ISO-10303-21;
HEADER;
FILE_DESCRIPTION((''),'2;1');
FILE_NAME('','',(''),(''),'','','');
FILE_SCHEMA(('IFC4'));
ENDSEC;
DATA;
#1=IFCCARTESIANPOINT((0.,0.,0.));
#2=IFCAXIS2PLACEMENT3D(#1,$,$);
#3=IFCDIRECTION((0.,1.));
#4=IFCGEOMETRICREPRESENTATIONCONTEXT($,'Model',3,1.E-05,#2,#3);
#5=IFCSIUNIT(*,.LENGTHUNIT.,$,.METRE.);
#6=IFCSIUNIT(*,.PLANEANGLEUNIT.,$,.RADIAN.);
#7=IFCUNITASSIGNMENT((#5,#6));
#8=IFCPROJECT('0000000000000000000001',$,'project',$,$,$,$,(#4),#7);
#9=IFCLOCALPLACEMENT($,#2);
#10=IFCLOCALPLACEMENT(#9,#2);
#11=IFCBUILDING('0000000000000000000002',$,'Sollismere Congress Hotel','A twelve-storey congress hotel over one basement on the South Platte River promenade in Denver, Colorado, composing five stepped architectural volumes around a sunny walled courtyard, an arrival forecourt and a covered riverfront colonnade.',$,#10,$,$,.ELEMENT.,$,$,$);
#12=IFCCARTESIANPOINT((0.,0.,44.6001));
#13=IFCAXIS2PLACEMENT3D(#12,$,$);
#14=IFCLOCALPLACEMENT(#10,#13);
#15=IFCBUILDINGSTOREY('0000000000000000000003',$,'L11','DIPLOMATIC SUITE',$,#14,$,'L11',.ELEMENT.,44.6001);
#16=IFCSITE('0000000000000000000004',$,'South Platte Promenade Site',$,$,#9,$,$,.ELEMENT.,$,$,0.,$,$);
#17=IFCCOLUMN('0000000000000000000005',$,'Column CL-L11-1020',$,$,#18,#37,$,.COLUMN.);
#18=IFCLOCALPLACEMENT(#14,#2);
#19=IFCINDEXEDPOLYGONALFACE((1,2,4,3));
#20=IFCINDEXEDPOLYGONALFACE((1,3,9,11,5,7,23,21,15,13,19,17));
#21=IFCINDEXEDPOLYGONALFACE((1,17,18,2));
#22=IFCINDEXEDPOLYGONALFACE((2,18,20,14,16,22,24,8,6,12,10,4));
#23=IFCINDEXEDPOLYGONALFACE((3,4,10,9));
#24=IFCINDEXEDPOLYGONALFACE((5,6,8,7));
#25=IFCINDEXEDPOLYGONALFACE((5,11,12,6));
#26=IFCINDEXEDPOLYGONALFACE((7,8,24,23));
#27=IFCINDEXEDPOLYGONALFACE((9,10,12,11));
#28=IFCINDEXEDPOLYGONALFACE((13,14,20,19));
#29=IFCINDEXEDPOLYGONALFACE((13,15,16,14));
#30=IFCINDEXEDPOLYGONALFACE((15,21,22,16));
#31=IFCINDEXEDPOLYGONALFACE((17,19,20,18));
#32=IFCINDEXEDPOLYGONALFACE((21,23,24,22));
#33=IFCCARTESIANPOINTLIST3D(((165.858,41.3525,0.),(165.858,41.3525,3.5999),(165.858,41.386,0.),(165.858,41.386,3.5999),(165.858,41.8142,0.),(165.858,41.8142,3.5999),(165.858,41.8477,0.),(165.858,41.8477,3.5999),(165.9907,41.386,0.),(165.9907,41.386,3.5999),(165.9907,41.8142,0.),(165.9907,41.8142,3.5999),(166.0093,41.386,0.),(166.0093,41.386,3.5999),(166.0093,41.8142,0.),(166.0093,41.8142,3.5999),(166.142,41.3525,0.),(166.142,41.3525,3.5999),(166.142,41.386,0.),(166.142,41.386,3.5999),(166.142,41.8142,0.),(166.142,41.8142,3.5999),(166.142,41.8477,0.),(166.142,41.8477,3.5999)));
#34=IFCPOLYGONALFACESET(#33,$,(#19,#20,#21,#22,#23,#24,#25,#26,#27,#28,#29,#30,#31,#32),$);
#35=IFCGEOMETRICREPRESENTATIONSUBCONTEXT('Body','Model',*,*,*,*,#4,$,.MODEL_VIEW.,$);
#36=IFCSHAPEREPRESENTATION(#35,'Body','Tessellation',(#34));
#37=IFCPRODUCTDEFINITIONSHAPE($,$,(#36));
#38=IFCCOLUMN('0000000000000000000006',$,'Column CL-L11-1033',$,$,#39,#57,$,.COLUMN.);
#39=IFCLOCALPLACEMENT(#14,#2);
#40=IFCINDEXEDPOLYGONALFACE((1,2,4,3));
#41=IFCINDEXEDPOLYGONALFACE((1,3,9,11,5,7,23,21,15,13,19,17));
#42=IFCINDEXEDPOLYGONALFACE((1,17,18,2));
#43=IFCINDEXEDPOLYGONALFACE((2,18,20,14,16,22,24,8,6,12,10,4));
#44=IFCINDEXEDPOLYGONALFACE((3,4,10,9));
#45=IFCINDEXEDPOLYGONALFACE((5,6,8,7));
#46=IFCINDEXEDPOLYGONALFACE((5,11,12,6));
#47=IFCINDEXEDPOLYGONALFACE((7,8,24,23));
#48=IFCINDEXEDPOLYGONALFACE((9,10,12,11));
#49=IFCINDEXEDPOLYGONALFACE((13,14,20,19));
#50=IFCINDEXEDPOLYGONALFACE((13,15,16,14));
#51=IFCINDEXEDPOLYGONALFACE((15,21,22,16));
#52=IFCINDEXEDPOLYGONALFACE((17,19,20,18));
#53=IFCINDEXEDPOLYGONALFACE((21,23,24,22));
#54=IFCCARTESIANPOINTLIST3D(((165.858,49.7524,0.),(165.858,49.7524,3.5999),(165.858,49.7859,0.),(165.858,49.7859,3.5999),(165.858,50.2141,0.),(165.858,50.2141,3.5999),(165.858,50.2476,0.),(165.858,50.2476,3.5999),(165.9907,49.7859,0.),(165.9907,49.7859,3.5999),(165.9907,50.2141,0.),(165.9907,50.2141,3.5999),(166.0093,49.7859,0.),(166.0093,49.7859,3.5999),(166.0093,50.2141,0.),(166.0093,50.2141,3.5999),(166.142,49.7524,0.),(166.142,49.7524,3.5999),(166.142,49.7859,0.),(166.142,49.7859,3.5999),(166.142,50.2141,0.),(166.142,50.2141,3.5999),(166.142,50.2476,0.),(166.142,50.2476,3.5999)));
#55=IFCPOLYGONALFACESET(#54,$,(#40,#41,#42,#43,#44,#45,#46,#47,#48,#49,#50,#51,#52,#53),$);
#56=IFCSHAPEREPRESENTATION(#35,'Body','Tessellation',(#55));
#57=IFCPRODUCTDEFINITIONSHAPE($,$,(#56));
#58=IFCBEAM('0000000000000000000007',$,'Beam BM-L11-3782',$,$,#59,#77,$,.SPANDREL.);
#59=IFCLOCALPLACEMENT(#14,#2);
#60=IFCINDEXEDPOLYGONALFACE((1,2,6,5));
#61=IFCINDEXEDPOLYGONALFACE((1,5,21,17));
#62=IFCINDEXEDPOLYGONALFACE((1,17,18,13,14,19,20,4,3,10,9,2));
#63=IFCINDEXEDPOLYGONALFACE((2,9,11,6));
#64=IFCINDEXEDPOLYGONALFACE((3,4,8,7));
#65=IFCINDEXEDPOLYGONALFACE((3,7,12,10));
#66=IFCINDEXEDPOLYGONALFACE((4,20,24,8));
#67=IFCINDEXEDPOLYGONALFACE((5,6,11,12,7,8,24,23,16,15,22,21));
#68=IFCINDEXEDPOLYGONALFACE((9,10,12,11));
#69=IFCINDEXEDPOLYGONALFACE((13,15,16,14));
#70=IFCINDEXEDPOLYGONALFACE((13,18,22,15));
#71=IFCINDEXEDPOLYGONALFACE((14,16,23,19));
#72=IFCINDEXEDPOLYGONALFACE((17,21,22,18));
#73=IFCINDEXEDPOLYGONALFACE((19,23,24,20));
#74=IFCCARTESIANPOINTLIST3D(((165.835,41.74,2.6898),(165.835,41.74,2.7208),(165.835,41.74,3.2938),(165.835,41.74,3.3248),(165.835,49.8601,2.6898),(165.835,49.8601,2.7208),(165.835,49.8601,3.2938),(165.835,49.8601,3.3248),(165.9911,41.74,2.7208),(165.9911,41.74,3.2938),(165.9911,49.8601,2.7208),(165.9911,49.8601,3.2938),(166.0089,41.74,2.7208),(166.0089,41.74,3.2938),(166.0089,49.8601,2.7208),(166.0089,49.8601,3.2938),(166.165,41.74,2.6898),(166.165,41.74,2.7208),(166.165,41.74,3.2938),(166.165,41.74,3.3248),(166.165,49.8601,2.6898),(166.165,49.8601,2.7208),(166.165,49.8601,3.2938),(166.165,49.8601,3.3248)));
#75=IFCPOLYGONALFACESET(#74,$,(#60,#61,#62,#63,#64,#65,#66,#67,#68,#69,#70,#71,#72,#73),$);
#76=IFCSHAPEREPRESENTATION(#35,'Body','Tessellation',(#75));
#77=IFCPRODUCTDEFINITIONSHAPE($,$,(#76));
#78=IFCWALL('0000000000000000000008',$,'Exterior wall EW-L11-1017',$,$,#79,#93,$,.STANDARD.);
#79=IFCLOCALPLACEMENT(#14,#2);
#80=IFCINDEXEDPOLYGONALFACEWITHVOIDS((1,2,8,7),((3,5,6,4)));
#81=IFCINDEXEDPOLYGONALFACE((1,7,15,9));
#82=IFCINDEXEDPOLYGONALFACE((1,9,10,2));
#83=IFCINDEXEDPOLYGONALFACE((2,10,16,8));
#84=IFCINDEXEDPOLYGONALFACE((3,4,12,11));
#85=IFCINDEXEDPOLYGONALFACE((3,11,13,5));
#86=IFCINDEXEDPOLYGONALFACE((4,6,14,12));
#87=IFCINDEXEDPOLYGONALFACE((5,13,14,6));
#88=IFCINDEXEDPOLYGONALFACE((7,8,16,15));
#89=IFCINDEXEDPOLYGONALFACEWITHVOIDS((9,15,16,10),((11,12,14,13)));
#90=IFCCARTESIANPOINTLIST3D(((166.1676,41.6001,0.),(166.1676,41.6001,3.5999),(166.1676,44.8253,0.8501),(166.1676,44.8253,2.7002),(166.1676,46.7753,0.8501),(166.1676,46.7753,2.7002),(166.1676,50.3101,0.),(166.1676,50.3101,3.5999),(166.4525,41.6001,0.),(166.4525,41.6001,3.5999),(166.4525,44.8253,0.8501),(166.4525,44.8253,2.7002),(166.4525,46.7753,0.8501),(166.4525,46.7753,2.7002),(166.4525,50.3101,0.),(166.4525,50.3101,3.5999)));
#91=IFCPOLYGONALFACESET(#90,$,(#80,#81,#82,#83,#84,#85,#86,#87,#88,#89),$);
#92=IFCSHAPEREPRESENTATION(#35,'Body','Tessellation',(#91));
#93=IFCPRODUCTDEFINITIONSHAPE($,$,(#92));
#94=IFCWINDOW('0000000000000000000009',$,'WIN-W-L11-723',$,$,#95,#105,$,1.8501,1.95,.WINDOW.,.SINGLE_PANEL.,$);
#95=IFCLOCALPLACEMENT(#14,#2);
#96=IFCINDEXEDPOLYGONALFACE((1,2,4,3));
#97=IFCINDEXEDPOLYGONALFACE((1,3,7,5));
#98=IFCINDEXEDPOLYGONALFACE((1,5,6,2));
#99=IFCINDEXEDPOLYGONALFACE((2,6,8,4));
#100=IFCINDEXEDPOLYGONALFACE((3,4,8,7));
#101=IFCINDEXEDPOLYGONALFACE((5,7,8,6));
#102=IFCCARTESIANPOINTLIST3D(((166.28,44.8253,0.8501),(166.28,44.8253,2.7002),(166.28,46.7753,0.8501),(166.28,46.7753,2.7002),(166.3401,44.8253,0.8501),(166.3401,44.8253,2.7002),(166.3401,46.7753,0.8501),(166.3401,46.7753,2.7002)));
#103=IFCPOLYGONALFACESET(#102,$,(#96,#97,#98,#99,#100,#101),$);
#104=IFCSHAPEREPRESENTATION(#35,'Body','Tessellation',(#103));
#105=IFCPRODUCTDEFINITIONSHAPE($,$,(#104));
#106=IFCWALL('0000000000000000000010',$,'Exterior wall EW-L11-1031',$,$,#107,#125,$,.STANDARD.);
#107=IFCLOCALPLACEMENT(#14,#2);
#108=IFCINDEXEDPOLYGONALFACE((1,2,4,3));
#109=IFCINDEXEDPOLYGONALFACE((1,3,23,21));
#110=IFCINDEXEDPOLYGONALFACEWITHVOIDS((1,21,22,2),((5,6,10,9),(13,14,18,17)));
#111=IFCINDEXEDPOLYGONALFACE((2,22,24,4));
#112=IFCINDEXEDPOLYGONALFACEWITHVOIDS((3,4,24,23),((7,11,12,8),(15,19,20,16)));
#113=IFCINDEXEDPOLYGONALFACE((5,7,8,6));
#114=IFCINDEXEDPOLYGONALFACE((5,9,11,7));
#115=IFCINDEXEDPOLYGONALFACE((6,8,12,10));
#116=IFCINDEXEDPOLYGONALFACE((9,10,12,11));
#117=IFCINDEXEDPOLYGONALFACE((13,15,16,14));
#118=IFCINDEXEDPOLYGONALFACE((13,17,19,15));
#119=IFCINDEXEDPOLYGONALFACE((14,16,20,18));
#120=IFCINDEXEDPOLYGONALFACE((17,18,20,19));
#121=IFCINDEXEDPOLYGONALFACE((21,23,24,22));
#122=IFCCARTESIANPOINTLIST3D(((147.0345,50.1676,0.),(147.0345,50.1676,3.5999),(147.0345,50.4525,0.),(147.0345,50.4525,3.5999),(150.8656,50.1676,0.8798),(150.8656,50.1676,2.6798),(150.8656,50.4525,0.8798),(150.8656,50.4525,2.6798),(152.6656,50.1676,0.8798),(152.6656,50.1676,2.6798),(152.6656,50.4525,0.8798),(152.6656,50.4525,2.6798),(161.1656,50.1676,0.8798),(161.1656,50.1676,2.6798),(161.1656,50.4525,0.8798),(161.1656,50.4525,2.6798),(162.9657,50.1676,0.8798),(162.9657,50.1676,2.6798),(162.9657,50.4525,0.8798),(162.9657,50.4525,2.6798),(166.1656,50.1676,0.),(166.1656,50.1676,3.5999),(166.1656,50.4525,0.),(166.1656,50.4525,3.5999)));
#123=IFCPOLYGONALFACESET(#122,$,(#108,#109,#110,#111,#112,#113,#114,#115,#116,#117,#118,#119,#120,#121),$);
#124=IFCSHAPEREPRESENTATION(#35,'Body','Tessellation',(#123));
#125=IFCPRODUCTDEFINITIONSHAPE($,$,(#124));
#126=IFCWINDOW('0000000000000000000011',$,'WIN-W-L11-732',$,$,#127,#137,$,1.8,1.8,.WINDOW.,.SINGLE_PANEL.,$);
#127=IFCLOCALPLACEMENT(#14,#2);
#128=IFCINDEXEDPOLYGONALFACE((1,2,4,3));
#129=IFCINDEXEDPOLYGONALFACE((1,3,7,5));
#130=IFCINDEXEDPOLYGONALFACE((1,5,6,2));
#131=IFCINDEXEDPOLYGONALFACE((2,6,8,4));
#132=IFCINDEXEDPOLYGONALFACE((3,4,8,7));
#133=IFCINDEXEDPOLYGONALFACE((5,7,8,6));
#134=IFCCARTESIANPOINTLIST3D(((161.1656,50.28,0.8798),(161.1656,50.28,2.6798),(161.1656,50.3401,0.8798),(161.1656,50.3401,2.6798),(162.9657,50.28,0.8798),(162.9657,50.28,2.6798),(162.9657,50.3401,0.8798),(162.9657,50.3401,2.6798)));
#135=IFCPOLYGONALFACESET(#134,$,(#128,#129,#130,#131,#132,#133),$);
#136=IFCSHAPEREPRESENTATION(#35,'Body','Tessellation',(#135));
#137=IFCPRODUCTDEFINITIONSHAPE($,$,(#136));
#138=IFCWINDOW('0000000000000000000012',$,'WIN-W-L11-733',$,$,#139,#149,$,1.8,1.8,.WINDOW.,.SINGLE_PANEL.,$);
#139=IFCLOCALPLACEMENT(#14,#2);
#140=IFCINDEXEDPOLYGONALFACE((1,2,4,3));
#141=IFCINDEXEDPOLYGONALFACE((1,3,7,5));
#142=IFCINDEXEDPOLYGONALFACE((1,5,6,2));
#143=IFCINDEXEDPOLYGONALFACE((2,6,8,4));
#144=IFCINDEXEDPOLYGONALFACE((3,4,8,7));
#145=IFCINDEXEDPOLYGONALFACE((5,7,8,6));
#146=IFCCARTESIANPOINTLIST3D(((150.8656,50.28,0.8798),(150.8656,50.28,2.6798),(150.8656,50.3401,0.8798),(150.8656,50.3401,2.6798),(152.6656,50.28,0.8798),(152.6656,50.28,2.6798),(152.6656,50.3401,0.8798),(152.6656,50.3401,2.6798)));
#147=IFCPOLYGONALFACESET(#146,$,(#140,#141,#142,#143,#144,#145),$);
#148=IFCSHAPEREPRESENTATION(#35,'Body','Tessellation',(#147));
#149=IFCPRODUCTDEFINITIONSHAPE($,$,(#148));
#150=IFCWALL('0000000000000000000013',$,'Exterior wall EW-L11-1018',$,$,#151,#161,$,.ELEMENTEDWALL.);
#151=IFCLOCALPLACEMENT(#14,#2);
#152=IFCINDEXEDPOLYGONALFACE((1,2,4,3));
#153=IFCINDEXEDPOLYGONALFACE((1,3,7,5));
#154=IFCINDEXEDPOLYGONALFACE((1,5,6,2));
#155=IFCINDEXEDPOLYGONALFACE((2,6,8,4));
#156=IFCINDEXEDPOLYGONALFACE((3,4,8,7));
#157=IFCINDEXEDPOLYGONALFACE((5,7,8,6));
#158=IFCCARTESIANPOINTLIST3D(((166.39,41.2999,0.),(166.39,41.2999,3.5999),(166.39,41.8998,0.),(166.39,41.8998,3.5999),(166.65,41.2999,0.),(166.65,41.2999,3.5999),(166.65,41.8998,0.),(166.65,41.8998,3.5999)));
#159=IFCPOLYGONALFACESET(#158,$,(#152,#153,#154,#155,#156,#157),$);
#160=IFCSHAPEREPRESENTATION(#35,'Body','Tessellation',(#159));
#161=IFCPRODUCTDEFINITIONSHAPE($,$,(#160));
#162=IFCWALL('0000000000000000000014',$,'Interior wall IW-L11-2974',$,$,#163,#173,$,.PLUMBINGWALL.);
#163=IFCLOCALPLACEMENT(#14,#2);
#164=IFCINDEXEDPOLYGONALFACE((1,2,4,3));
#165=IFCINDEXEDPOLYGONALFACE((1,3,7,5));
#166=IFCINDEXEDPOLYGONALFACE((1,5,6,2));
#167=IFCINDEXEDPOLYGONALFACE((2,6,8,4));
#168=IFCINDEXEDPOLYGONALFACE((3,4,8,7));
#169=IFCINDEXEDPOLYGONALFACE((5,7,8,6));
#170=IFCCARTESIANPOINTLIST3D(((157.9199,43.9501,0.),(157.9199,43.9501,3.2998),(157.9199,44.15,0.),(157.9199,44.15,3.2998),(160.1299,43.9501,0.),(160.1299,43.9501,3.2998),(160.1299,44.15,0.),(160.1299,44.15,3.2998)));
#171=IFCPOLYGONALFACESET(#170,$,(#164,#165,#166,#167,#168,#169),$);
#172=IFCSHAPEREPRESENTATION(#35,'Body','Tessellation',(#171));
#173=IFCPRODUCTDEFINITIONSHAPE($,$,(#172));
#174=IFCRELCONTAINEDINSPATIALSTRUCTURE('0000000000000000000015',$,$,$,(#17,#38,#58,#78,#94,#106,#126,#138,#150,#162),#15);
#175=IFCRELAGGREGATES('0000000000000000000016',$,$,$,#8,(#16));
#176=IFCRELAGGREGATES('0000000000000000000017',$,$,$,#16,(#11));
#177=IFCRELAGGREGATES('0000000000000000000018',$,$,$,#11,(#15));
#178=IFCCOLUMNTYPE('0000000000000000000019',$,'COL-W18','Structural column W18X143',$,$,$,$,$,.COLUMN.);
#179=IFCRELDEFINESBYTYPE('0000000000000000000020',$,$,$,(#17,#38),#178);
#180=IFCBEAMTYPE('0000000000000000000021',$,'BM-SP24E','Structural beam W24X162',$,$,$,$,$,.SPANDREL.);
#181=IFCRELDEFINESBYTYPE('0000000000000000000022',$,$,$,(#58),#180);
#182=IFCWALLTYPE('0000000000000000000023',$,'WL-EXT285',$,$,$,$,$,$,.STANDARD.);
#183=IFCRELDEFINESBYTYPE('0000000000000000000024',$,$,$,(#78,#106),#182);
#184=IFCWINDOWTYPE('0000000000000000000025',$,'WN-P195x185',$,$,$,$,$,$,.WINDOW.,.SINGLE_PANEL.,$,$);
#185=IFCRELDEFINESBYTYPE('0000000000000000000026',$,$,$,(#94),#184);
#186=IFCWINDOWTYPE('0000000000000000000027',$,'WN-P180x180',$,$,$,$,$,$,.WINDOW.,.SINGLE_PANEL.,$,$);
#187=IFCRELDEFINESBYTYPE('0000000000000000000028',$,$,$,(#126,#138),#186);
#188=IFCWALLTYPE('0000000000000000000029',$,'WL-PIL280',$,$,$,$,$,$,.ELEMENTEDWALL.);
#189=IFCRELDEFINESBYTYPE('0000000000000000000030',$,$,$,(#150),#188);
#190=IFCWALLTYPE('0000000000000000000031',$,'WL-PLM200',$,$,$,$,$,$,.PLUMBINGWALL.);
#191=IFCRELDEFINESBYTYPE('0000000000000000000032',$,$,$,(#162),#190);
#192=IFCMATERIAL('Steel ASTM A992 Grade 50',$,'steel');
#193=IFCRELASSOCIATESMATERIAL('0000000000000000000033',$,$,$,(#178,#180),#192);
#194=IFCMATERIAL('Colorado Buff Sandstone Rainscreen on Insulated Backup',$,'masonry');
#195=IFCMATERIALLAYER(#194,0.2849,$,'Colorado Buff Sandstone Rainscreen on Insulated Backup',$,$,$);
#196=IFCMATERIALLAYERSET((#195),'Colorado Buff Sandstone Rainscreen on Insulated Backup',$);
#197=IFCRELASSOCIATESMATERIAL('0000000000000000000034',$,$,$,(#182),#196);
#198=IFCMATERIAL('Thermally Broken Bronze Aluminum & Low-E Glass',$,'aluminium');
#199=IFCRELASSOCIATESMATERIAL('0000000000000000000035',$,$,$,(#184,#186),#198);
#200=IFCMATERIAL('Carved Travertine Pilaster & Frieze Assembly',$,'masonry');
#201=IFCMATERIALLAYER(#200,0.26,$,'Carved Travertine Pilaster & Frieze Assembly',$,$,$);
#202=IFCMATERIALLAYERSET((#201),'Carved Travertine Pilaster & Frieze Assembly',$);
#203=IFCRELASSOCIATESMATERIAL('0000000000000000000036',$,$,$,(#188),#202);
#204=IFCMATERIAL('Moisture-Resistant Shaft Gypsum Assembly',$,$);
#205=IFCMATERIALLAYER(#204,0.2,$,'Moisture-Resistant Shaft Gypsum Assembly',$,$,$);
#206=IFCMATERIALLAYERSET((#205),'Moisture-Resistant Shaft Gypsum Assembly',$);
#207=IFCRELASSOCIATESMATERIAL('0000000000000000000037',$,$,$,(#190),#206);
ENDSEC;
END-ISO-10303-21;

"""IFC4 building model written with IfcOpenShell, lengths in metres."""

from ifc_helpers import new_model, si_unit, direction, frame, frame_2d, origin, origin_2d, place, context, subcontext, project, spatial, rectangle, i_section, extrude, material, layer, layer_set, material_profile, profile_set, type_object, element, fill, save


model = new_model("IFC4")

# Units and contexts
model_context = context("Model", 3, precision=1e-05, world=origin(), true_north=direction((0.0, 1.0)))
body_context = subcontext(model_context, "Body", "Model", "MODEL_VIEW")
ifc_project = project(units=[si_unit("LENGTHUNIT", "METRE"), si_unit("PLANEANGLEUNIT", "RADIAN")], contexts=[model_context])

# Site, building, storey
site_placement = place(None, origin())
site = spatial("IfcSite", under=ifc_project, at=site_placement, Name="South Platte Promenade Site", CompositionType="ELEMENT", RefElevation=0.0)
building_placement = place(site_placement, origin())
building = spatial("IfcBuilding", under=site, at=building_placement, Name="Sollismere Congress Hotel", Description="A twelve-storey congress hotel over one basement on the South Platte River promenade in Denver, Colorado, composing five stepped architectural volumes around a sunny walled courtyard, an arrival forecourt and a covered riverfront colonnade.", CompositionType="ELEMENT")
storey_placement = place(building_placement, frame((0.0, 0.0, 44.6001)))
storey = spatial("IfcBuildingStorey", under=building, at=storey_placement, Name="L11", Description="DIPLOMATIC SUITE", LongName="L11", CompositionType="ELEMENT", Elevation=44.6001)

# Columns
ifc_material_1 = material(Name="Steel ASTM A992 Grade 50", Category="steel")
ifc_material_profile_1 = material_profile(ifc_material_1, i_section(OverallWidth=0.2839, OverallDepth=0.4951, WebThickness=0.0186, FlangeThickness=0.0334, at=origin_2d()), Name="W18X143")
ifc_profile_set_1 = profile_set([ifc_material_profile_1], Name="Steel ASTM A992 Grade 50")
column_type = type_object("IfcColumnType", Name="COL-W18", Description="Structural column W18X143", PredefinedType="COLUMN", material=ifc_profile_set_1)
for number, where, z_axis, x_axis, name in (
    (1, (166.0, 41.6001, 0.0), (0.0, 0.0, 1.0), (1.0, 0.0, 0.0), "Column CL-L11-1020"),
    (2, (166.0, 50.0, 0.0), (0.0, 0.0, 1.0), (1.0, 0.0, 0.0), "Column CL-L11-1033"),
):
    element("IfcColumn", number, at=place(storey_placement, frame(where, z_axis=z_axis, x_axis=x_axis)), inside=storey, type_object=column_type, Name=name, PredefinedType="COLUMN", context=body_context, shape_type="SweptSolid", body=[
        extrude(i_section(OverallWidth=0.2839, OverallDepth=0.4951, WebThickness=0.0186, FlangeThickness=0.0334, at=origin_2d()), origin(), (0.0, 0.0, 1.0), 3.5999),
    ])

# Beam
ifc_material_profile_2 = material_profile(ifc_material_1, i_section(OverallWidth=0.3301, OverallDepth=0.635, WebThickness=0.0178, FlangeThickness=0.031, at=origin_2d()), Name="W24X162")
ifc_profile_set_2 = profile_set([ifc_material_profile_2], Name="Steel ASTM A992 Grade 50")
beam_type = type_object("IfcBeamType", Name="BM-SP24E", Description="Structural beam W24X162", PredefinedType="SPANDREL", material=ifc_profile_set_2)
beam_placement = place(storey_placement, frame((166.0, 41.74, 3.0073), z_axis=(0.0, 1.0, 0.0), x_axis=(-1.0, 0.0, 0.0)))
element("IfcBeam", 3, at=beam_placement, inside=storey, type_object=beam_type, Name="Beam BM-L11-3782", PredefinedType="SPANDREL", context=body_context, shape_type="SweptSolid", body=[
    extrude(i_section(OverallWidth=0.3301, OverallDepth=0.635, WebThickness=0.0178, FlangeThickness=0.031, at=origin_2d()), origin(), (0.0, 0.0, 1.0), 8.1201),
])

# Wall, opening, window
ifc_material_2 = material(Name="Colorado Buff Sandstone Rainscreen on Insulated Backup", Category="masonry")
ifc_layer_1 = layer(ifc_material_2, 0.2849, Name="Colorado Buff Sandstone Rainscreen on Insulated Backup")
ifc_layer_set_1 = layer_set([ifc_layer_1], Name="Colorado Buff Sandstone Rainscreen on Insulated Backup")
wall_type_1 = type_object("IfcWallType", Name="WL-EXT285", PredefinedType="STANDARD", material=ifc_layer_set_1)
wall_1_placement = place(storey_placement, frame((166.3101, 41.6001, 0.0), z_axis=(0.0, 0.0, 1.0), x_axis=(0.0, 1.0, 0.0)))
wall_1 = element("IfcWall", 4, at=wall_1_placement, inside=storey, type_object=wall_type_1, Name="Exterior wall EW-L11-1017", PredefinedType="STANDARD", context=body_context, shape_type="SweptSolid", body=[
    extrude(rectangle(XDim=8.71, YDim=0.2849, at=frame_2d((4.355, 0.0))), origin(), (0.0, 0.0, 1.0), 3.5999),
])
opening_1_placement = place(wall_1_placement, frame((3.2251, 0.0, 0.8501)))
opening_1 = element("IfcOpeningElement", 5, at=opening_1_placement, cuts=wall_1, PredefinedType="OPENING", context=body_context, shape_type="SweptSolid", body=[
    extrude(rectangle(XDim=1.95, YDim=1.8501, at=frame_2d((0.9751, 0.925))), frame((0.0, 0.1523, 0.0), z_axis=(0.0, -1.0, 0.0), x_axis=(1.0, 0.0, 0.0)), (0.0, 0.0, 1.0), 0.3049),
])
ifc_material_3 = material(Name="Thermally Broken Bronze Aluminum & Low-E Glass", Category="aluminium")
window_type_1 = type_object("IfcWindowType", Name="WN-P195x185", PartitioningType="SINGLE_PANEL", PredefinedType="WINDOW", material=ifc_material_3)
window_1_placement = place(opening_1_placement, origin())
window_1 = element("IfcWindow", 6, at=window_1_placement, inside=storey, type_object=window_type_1, Name="WIN-W-L11-723", OverallHeight=1.8501, OverallWidth=1.95, PartitioningType="SINGLE_PANEL", PredefinedType="WINDOW", context=body_context, shape_type="SweptSolid", body=[
    extrude(rectangle(XDim=1.95, YDim=1.8501, at=frame_2d((0.9751, 0.925))), frame((0.0, 0.03, 0.0), z_axis=(0.0, -1.0, 0.0), x_axis=(1.0, 0.0, 0.0)), (0.0, 0.0, 1.0), 0.0601),
])
fill(opening_1, window_1)

# Wall, openings, windows
wall_2_placement = place(storey_placement, frame((166.1655, 50.3101, 0.0), z_axis=(0.0, 0.0, 1.0), x_axis=(-1.0, 0.0, 0.0)))
wall_2 = element("IfcWall", 7, at=wall_2_placement, inside=storey, type_object=wall_type_1, Name="Exterior wall EW-L11-1031", PredefinedType="STANDARD", context=body_context, shape_type="SweptSolid", body=[
    extrude(rectangle(XDim=19.1311, YDim=0.2849, at=frame_2d((9.5654, 0.0))), origin(), (0.0, 0.0, 1.0), 3.5999),
])
opening_2_placement = place(wall_2_placement, frame((3.2, 0.0, 0.8799)))
opening_2 = element("IfcOpeningElement", 8, at=opening_2_placement, cuts=wall_2, PredefinedType="OPENING", context=body_context, shape_type="SweptSolid", body=[
    extrude(rectangle(XDim=1.8, YDim=1.8, at=frame_2d((0.8999, 0.8999))), frame((0.0, 0.1523, 0.0), z_axis=(0.0, -1.0, 0.0), x_axis=(1.0, 0.0, 0.0)), (0.0, 0.0, 1.0), 0.3049),
])
opening_3_placement = place(wall_2_placement, frame((13.5, 0.0, 0.8799)))
opening_3 = element("IfcOpeningElement", 9, at=opening_3_placement, cuts=wall_2, PredefinedType="OPENING", context=body_context, shape_type="SweptSolid", body=[
    extrude(rectangle(XDim=1.8, YDim=1.8, at=frame_2d((0.8999, 0.8999))), frame((0.0, 0.1523, 0.0), z_axis=(0.0, -1.0, 0.0), x_axis=(1.0, 0.0, 0.0)), (0.0, 0.0, 1.0), 0.3049),
])
window_type_2 = type_object("IfcWindowType", Name="WN-P180x180", PartitioningType="SINGLE_PANEL", PredefinedType="WINDOW", material=ifc_material_3)
window_2_placement = place(opening_2_placement, origin())
window_2 = element("IfcWindow", 10, at=window_2_placement, inside=storey, type_object=window_type_2, Name="WIN-W-L11-732", OverallHeight=1.8, OverallWidth=1.8, PartitioningType="SINGLE_PANEL", PredefinedType="WINDOW", context=body_context, shape_type="SweptSolid", body=[
    extrude(rectangle(XDim=1.8, YDim=1.8, at=frame_2d((0.8999, 0.8999))), frame((0.0, 0.03, 0.0), z_axis=(0.0, -1.0, 0.0), x_axis=(1.0, 0.0, 0.0)), (0.0, 0.0, 1.0), 0.0601),
])
fill(opening_2, window_2)
window_3_placement = place(opening_3_placement, origin())
window_3 = element("IfcWindow", 11, at=window_3_placement, inside=storey, type_object=window_type_2, Name="WIN-W-L11-733", OverallHeight=1.8, OverallWidth=1.8, PartitioningType="SINGLE_PANEL", PredefinedType="WINDOW", context=body_context, shape_type="SweptSolid", body=[
    extrude(rectangle(XDim=1.8, YDim=1.8, at=frame_2d((0.8999, 0.8999))), frame((0.0, 0.03, 0.0), z_axis=(0.0, -1.0, 0.0), x_axis=(1.0, 0.0, 0.0)), (0.0, 0.0, 1.0), 0.0601),
])
fill(opening_3, window_3)

# Walls
ifc_material_4 = material(Name="Carved Travertine Pilaster & Frieze Assembly", Category="masonry")
ifc_layer_2 = layer(ifc_material_4, 0.26, Name="Carved Travertine Pilaster & Frieze Assembly")
ifc_layer_set_2 = layer_set([ifc_layer_2], Name="Carved Travertine Pilaster & Frieze Assembly")
wall_type_2 = type_object("IfcWallType", Name="WL-PIL280", PredefinedType="ELEMENTEDWALL", material=ifc_layer_set_2)
wall_3_placement = place(storey_placement, frame((166.52, 41.3, 0.0), z_axis=(0.0, 0.0, 1.0), x_axis=(0.0, 1.0, 0.0)))
element("IfcWall", 12, at=wall_3_placement, inside=storey, type_object=wall_type_2, Name="Exterior wall EW-L11-1018", PredefinedType="ELEMENTEDWALL", context=body_context, shape_type="SweptSolid", body=[
    extrude(rectangle(XDim=0.5999, YDim=0.26, at=frame_2d((0.2998, 0.0))), origin(), (0.0, 0.0, 1.0), 3.5999),
])
ifc_material_5 = material(Name="Moisture-Resistant Shaft Gypsum Assembly")
ifc_layer_3 = layer(ifc_material_5, 0.2, Name="Moisture-Resistant Shaft Gypsum Assembly")
ifc_layer_set_3 = layer_set([ifc_layer_3], Name="Moisture-Resistant Shaft Gypsum Assembly")
wall_type_3 = type_object("IfcWallType", Name="WL-PLM200", PredefinedType="PLUMBINGWALL", material=ifc_layer_set_3)
wall_4_placement = place(storey_placement, frame((157.9199, 44.05, 0.0), z_axis=(0.0, 0.0, 1.0), x_axis=(1.0, 0.0, 0.0)))
element("IfcWall", 13, at=wall_4_placement, inside=storey, type_object=wall_type_3, Name="Interior wall IW-L11-2974", PredefinedType="PLUMBINGWALL", context=body_context, shape_type="SweptSolid", body=[
    extrude(rectangle(XDim=2.21, YDim=0.2, at=frame_2d((1.105, 0.0))), origin(), (0.0, 0.0, 1.0), 3.2998),
])

save(model, "model.ifc")
